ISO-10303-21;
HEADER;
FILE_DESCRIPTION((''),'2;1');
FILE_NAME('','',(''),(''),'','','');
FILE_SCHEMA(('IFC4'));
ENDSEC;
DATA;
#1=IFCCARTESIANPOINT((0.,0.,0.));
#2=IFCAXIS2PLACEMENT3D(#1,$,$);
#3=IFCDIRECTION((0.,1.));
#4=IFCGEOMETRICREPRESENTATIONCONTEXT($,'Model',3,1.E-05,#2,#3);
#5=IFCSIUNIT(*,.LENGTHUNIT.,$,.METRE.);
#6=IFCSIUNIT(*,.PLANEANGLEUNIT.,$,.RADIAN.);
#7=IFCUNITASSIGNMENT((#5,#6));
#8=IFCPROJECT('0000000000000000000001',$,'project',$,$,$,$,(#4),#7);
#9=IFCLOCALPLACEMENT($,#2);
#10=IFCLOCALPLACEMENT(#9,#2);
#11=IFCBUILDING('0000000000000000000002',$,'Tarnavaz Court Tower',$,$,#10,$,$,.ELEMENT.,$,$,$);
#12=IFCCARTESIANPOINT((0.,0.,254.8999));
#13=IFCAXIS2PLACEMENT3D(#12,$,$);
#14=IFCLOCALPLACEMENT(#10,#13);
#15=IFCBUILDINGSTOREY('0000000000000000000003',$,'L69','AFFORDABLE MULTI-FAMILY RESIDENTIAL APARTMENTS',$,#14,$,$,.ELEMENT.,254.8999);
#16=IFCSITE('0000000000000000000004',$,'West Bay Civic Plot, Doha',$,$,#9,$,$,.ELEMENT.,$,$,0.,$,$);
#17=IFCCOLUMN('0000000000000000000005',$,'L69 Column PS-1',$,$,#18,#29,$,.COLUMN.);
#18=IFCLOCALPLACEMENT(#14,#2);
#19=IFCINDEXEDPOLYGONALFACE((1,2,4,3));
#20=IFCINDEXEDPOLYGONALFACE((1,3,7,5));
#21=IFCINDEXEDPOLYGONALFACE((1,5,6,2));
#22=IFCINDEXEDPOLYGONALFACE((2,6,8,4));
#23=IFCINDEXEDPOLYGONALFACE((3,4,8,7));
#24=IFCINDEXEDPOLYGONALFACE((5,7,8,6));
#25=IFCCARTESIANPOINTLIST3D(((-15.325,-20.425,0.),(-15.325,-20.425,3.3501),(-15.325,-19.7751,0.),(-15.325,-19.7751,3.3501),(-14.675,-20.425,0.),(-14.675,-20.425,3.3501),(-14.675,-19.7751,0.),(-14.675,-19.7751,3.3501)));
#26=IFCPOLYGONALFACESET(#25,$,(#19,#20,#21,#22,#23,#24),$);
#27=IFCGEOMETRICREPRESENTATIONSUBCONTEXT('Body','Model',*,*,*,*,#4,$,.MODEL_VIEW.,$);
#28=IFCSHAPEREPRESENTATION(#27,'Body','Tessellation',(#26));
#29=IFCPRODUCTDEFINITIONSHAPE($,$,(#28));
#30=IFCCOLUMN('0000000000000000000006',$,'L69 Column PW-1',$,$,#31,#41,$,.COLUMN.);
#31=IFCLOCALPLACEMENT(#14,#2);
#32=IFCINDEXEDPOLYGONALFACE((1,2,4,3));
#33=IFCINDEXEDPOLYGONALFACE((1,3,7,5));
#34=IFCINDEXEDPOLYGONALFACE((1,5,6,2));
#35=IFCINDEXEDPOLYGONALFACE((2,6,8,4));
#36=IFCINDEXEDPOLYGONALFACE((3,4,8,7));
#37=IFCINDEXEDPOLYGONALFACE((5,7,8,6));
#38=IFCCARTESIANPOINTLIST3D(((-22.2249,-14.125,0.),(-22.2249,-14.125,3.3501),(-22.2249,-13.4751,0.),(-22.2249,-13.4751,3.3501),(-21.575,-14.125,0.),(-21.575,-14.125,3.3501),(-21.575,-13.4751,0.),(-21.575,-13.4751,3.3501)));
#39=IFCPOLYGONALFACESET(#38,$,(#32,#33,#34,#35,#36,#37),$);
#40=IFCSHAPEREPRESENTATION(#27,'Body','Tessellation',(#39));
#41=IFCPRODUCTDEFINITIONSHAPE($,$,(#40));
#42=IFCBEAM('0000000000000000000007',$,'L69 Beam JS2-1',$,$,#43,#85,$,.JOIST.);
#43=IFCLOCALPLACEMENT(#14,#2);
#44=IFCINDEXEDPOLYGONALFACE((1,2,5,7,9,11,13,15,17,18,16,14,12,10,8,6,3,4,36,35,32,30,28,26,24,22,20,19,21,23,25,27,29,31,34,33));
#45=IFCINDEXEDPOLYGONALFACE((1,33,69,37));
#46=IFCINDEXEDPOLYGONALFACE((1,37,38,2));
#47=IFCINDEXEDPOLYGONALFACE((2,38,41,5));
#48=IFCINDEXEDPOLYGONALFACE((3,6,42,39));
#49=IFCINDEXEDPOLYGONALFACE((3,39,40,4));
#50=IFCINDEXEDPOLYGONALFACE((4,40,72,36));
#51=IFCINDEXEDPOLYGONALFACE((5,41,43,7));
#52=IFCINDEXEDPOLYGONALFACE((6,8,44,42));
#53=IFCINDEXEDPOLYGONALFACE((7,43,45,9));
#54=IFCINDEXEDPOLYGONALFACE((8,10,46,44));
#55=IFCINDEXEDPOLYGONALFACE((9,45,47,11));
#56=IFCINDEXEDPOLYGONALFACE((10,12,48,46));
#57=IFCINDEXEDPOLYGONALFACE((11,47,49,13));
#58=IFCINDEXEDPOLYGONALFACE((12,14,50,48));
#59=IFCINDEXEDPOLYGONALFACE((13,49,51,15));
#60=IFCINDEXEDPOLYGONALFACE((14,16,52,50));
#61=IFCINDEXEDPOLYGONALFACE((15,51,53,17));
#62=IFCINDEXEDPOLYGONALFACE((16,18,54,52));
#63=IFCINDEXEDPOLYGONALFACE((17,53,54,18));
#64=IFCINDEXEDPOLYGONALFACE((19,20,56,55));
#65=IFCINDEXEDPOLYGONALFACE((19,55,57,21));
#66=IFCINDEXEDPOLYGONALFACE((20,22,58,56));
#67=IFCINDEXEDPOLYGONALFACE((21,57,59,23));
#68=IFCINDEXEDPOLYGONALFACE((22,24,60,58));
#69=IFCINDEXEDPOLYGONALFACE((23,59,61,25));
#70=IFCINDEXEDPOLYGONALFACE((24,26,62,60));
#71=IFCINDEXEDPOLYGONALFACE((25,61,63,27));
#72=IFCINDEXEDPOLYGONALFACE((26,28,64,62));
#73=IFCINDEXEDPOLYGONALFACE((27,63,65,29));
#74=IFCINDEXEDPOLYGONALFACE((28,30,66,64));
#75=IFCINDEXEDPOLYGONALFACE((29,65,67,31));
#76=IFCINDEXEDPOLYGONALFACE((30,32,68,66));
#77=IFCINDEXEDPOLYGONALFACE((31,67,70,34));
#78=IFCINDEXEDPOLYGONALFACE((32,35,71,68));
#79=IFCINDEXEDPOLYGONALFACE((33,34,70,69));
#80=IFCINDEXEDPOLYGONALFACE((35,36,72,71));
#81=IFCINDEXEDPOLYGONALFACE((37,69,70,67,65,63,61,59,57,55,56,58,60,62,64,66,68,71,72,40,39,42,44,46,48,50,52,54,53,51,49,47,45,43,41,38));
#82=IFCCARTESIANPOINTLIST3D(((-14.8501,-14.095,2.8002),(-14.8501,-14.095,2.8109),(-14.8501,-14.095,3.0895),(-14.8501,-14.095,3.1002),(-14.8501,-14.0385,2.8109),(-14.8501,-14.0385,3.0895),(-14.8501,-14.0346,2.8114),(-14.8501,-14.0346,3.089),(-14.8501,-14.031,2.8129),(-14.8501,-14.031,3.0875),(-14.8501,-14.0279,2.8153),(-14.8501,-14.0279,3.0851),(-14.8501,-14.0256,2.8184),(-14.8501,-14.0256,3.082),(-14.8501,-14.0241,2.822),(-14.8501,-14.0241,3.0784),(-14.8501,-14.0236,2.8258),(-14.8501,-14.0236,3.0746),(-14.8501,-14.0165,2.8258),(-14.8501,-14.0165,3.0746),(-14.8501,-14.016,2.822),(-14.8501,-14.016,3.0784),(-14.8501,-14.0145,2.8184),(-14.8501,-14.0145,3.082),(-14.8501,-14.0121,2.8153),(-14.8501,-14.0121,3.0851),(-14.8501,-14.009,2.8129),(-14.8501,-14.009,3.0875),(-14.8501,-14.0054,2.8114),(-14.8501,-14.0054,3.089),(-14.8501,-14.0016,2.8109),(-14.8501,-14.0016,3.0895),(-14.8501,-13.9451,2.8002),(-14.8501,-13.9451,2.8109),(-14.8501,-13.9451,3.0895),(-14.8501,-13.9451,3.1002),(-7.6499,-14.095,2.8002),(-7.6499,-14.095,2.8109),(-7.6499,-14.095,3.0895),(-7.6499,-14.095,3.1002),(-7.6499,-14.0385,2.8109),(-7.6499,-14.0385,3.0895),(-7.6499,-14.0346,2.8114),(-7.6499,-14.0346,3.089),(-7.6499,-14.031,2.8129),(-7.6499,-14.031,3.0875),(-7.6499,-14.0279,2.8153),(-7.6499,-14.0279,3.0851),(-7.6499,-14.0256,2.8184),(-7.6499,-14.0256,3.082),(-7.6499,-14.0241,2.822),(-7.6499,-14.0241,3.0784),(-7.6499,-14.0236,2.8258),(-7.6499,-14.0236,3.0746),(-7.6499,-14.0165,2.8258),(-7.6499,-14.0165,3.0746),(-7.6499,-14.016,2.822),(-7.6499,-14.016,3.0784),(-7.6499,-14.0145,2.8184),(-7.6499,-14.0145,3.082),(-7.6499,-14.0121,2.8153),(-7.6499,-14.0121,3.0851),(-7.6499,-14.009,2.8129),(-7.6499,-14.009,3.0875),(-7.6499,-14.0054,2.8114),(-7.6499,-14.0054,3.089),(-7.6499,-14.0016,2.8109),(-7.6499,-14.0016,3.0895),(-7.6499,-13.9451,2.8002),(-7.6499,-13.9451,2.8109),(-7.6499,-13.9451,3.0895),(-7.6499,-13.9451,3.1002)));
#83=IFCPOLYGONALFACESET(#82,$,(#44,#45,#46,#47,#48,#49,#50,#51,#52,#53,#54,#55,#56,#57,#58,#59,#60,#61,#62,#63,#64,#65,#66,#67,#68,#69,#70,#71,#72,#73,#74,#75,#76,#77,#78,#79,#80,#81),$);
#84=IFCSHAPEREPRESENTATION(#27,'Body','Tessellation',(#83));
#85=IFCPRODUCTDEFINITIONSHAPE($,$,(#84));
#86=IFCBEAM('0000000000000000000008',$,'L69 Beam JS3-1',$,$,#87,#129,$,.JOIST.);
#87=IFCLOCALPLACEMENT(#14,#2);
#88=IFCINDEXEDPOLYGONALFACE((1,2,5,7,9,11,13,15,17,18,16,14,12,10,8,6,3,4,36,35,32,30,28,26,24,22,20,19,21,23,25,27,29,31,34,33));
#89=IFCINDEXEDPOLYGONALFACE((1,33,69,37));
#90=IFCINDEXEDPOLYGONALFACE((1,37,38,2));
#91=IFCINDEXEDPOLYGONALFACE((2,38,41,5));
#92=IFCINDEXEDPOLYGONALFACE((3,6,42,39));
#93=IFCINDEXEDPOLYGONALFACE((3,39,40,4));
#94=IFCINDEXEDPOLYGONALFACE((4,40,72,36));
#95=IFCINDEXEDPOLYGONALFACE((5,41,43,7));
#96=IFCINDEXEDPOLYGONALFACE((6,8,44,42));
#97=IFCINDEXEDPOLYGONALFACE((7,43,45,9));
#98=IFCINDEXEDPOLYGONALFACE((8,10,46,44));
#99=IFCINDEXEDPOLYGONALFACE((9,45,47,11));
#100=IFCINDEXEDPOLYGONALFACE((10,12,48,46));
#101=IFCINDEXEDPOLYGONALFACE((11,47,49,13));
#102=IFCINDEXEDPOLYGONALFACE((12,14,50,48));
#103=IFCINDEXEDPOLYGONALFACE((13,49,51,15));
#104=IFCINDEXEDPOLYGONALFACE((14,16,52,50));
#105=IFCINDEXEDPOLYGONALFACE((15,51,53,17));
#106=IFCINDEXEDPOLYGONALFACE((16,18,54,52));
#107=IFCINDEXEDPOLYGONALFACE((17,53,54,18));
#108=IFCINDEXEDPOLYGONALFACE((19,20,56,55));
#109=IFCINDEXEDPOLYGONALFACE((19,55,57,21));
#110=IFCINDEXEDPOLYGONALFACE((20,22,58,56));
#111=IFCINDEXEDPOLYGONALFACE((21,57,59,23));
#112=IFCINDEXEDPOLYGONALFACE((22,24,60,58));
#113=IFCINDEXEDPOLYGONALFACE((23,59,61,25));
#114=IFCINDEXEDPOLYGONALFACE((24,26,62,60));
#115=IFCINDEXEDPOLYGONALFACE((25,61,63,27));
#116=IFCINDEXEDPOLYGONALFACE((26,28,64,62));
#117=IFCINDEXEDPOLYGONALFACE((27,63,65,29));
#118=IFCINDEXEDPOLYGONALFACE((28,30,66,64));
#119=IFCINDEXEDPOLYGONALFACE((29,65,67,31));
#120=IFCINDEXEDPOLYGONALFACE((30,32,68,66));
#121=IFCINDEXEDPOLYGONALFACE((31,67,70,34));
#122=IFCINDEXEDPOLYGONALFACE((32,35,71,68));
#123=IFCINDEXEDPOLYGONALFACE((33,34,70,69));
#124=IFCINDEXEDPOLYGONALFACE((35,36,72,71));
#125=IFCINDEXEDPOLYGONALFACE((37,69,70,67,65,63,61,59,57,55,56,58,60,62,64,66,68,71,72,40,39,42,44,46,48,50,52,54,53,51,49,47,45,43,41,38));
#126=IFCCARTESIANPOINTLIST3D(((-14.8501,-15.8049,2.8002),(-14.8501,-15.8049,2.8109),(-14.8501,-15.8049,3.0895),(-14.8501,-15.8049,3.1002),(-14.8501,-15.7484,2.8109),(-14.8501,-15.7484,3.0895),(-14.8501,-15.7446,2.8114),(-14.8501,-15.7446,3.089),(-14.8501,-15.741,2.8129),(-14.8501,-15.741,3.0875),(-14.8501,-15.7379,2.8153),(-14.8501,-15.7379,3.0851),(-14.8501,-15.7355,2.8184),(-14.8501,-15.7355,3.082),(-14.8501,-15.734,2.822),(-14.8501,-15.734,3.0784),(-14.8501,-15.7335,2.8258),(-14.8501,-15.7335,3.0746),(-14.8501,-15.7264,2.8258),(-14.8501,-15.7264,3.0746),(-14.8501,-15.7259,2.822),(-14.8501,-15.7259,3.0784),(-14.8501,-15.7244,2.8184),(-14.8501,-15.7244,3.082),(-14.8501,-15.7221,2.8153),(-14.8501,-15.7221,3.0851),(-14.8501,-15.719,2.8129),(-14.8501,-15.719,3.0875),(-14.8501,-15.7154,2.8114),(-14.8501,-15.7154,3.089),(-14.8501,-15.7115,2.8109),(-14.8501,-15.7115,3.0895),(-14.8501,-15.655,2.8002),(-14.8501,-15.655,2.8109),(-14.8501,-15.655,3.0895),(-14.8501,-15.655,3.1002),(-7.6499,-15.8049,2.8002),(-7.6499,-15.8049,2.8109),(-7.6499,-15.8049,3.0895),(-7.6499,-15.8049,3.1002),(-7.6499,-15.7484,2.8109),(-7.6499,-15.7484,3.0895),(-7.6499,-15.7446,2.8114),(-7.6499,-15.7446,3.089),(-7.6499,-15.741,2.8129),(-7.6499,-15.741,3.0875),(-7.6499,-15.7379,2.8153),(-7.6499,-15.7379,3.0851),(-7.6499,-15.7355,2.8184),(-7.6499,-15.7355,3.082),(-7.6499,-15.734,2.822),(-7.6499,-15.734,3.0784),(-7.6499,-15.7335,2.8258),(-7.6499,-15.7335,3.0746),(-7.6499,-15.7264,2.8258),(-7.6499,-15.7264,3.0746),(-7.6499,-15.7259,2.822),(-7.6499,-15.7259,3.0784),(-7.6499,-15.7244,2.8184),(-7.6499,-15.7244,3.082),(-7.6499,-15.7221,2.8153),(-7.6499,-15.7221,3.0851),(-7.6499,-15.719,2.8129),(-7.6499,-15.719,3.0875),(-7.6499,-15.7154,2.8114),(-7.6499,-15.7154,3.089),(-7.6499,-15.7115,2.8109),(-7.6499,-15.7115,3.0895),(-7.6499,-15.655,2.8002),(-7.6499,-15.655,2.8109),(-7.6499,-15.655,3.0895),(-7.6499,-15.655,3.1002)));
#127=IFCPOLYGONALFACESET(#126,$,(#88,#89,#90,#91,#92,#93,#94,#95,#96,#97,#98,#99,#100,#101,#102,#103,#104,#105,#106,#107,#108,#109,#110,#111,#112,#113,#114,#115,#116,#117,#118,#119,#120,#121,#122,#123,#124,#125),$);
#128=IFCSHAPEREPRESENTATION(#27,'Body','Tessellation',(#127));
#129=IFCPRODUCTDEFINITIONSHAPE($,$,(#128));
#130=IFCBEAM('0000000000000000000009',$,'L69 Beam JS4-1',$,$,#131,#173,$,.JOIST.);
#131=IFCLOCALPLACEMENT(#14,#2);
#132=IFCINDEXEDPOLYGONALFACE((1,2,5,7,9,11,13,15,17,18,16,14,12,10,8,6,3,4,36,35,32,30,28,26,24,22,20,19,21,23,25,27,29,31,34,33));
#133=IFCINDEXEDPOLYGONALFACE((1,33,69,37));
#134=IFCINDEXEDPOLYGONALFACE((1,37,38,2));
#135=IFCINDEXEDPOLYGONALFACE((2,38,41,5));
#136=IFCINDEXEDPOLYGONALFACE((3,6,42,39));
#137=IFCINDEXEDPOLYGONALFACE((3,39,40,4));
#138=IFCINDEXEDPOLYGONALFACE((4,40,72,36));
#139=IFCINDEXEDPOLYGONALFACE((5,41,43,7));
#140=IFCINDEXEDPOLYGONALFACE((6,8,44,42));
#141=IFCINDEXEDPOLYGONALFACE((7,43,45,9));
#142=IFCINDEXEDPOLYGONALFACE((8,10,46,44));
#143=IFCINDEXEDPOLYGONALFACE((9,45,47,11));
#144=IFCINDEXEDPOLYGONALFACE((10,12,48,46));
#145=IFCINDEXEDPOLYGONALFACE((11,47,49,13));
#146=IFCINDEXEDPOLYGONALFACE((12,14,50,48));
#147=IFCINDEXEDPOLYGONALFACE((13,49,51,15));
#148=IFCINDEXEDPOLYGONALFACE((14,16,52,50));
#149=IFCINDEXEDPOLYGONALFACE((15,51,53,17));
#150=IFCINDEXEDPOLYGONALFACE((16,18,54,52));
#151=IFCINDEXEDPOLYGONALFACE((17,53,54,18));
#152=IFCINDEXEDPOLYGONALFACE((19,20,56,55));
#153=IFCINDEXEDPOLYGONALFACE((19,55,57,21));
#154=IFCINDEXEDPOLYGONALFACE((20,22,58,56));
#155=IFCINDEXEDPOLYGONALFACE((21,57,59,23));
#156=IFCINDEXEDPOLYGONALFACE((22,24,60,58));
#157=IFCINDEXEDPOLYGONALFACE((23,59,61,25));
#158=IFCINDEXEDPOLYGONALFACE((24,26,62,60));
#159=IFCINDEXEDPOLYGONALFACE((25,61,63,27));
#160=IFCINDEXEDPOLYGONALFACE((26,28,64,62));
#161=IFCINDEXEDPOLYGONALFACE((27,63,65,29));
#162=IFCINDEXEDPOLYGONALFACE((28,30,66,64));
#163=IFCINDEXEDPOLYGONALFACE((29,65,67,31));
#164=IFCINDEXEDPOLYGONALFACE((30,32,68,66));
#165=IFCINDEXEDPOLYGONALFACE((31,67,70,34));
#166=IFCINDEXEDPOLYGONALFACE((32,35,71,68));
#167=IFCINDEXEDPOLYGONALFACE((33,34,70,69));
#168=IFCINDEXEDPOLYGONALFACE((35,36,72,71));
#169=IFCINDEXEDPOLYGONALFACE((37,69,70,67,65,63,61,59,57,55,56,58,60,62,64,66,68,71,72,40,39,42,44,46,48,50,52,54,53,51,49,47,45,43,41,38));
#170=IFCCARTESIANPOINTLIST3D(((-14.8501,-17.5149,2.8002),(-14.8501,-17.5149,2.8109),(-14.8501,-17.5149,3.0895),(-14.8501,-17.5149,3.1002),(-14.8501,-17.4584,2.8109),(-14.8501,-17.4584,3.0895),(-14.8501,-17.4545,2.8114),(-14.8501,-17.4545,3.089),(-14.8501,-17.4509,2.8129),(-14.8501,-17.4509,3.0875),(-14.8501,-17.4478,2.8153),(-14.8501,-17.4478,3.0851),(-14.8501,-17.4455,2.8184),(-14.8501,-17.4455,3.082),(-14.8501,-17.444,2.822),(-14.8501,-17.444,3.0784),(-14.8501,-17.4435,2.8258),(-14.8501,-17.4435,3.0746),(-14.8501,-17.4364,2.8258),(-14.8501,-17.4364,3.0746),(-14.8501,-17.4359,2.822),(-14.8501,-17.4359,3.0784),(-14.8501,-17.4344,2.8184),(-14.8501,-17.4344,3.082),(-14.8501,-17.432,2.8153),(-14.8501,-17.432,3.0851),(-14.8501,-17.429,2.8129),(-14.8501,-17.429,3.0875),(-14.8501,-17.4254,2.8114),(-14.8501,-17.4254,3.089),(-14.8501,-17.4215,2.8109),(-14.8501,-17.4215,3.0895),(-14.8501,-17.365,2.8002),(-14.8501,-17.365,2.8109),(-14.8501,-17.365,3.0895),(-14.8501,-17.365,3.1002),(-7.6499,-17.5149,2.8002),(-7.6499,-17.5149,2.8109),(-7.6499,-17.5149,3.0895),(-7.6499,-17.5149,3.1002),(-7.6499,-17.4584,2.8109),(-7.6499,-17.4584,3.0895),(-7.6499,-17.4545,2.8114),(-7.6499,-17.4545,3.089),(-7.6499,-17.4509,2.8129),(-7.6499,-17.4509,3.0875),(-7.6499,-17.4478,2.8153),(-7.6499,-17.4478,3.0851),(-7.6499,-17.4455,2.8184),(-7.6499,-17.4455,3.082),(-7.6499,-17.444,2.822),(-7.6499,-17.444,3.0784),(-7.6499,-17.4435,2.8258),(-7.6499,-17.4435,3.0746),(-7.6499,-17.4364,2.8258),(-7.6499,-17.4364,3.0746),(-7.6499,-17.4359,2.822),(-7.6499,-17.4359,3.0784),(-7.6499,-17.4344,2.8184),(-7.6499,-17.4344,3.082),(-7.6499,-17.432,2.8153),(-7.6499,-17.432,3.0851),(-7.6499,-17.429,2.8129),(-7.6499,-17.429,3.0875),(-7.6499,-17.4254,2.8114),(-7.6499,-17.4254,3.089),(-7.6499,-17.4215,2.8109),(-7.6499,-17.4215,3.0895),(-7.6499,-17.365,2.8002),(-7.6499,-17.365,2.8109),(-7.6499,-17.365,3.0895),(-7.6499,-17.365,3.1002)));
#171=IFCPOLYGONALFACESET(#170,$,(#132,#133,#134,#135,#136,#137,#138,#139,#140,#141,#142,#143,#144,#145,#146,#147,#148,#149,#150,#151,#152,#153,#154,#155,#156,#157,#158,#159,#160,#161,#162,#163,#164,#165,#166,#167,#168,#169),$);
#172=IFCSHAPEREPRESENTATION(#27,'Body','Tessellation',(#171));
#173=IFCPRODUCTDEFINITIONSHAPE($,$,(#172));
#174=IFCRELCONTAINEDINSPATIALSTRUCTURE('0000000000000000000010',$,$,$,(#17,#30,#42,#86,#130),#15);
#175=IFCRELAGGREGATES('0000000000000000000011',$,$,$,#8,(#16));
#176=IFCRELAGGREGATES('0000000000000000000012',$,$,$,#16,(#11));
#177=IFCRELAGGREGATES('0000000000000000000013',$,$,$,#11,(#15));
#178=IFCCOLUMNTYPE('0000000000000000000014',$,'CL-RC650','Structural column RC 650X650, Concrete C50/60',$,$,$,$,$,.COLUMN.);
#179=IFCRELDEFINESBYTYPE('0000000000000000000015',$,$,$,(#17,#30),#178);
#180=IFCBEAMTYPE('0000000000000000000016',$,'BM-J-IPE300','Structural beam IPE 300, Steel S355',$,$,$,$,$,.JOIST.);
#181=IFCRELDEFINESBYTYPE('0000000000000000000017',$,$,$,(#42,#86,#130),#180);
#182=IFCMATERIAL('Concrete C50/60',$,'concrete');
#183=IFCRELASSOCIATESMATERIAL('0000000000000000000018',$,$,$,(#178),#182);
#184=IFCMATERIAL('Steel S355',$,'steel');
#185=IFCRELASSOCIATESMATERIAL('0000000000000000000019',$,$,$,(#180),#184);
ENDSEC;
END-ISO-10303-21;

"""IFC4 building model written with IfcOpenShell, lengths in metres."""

from ifc_helpers import new_model, si_unit, direction, frame, origin, origin_2d, place, context, subcontext, project, spatial, rectangle, i_section, extrude, material, material_profile, profile_set, type_object, element, save


model = new_model("IFC4")

# Units and contexts
model_context = context("Model", 3, precision=1e-05, world=origin(), true_north=direction((0.0, 1.0)))
body_context = subcontext(model_context, "Body", "Model", "MODEL_VIEW")
ifc_project = project(units=[si_unit("LENGTHUNIT", "METRE"), si_unit("PLANEANGLEUNIT", "RADIAN")], contexts=[model_context])

# Site, building, storey
site_placement = place(None, origin())
site = spatial("IfcSite", under=ifc_project, at=site_placement, Name="West Bay Civic Plot, Doha", CompositionType="ELEMENT", RefElevation=0.0)
building_placement = place(site_placement, origin())
building = spatial("IfcBuilding", under=site, at=building_placement, Name="Tarnavaz Court Tower", CompositionType="ELEMENT")
storey_placement = place(building_placement, frame((0.0, 0.0, 254.8999)))
storey = spatial("IfcBuildingStorey", under=building, at=storey_placement, Name="L69", Description="AFFORDABLE MULTI-FAMILY RESIDENTIAL APARTMENTS", CompositionType="ELEMENT", Elevation=254.8999)

# Columns
ifc_material_1 = material(Name="Concrete C50/60", Category="concrete")
ifc_material_profile_1 = material_profile(ifc_material_1, rectangle(XDim=0.6499, YDim=0.6499, at=origin_2d()), Name="RC 650X650")
ifc_profile_set_1 = profile_set([ifc_material_profile_1], Name="Concrete C50/60")
column_type = type_object("IfcColumnType", Name="CL-RC650", Description="Structural column RC 650X650, Concrete C50/60", PredefinedType="COLUMN", material=ifc_profile_set_1)
for number, where, z_axis, x_axis, name in (
    (1, (-15.0, -20.1001, 0.0), (0.0, 0.0, 1.0), (1.0, 0.0, 0.0), "L69 Column PS-1"),
    (2, (-21.8999, -13.8, 0.0), (0.0, 0.0, 1.0), (1.0, 0.0, 0.0), "L69 Column PW-1"),
):
    element("IfcColumn", number, at=place(storey_placement, frame(where, z_axis=z_axis, x_axis=x_axis)), inside=storey, type_object=column_type, Name=name, PredefinedType="COLUMN", context=body_context, shape_type="SweptSolid", body=[
        extrude(rectangle(XDim=0.6499, YDim=0.6499, at=origin_2d()), origin(), (0.0, 0.0, 1.0), 3.3501),
    ])

# Beams
ifc_material_2 = material(Name="Steel S355", Category="steel")
ifc_material_profile_2 = material_profile(ifc_material_2, i_section(OverallWidth=0.1499, OverallDepth=0.3, WebThickness=0.0071, FlangeThickness=0.0107, FilletRadius=0.0149, at=origin_2d()), Name="IPE 300")
ifc_profile_set_2 = profile_set([ifc_material_profile_2], Name="Steel S355")
beam_type_1 = type_object("IfcBeamType", Name="BM-J-IPE300", Description="Structural beam IPE 300, Steel S355", PredefinedType="JOIST", material=ifc_profile_set_2)
for number, where, z_axis, x_axis, name in (
    (3, (-14.8501, -14.02, 2.9502), (1.0, 0.0, 0.0), (0.0, 1.0, 0.0), "L69 Beam JS2-1"),
    (4, (-14.8501, -15.73, 2.9502), (1.0, 0.0, 0.0), (0.0, 1.0, 0.0), "L69 Beam JS3-1"),
    (5, (-14.8501, -17.4399, 2.9502), (1.0, 0.0, 0.0), (0.0, 1.0, 0.0), "L69 Beam JS4-1"),
):
    element("IfcBeam", number, at=place(storey_placement, frame(where, z_axis=z_axis, x_axis=x_axis)), inside=storey, type_object=beam_type_1, Name=name, PredefinedType="JOIST", context=body_context, shape_type="SweptSolid", body=[
        extrude(i_section(OverallWidth=0.1499, OverallDepth=0.3, WebThickness=0.0071, FlangeThickness=0.0107, FilletRadius=0.0149, at=origin_2d()), origin(), (0.0, 0.0, 1.0), 7.2002),
    ])

save(model, "model.ifc")
